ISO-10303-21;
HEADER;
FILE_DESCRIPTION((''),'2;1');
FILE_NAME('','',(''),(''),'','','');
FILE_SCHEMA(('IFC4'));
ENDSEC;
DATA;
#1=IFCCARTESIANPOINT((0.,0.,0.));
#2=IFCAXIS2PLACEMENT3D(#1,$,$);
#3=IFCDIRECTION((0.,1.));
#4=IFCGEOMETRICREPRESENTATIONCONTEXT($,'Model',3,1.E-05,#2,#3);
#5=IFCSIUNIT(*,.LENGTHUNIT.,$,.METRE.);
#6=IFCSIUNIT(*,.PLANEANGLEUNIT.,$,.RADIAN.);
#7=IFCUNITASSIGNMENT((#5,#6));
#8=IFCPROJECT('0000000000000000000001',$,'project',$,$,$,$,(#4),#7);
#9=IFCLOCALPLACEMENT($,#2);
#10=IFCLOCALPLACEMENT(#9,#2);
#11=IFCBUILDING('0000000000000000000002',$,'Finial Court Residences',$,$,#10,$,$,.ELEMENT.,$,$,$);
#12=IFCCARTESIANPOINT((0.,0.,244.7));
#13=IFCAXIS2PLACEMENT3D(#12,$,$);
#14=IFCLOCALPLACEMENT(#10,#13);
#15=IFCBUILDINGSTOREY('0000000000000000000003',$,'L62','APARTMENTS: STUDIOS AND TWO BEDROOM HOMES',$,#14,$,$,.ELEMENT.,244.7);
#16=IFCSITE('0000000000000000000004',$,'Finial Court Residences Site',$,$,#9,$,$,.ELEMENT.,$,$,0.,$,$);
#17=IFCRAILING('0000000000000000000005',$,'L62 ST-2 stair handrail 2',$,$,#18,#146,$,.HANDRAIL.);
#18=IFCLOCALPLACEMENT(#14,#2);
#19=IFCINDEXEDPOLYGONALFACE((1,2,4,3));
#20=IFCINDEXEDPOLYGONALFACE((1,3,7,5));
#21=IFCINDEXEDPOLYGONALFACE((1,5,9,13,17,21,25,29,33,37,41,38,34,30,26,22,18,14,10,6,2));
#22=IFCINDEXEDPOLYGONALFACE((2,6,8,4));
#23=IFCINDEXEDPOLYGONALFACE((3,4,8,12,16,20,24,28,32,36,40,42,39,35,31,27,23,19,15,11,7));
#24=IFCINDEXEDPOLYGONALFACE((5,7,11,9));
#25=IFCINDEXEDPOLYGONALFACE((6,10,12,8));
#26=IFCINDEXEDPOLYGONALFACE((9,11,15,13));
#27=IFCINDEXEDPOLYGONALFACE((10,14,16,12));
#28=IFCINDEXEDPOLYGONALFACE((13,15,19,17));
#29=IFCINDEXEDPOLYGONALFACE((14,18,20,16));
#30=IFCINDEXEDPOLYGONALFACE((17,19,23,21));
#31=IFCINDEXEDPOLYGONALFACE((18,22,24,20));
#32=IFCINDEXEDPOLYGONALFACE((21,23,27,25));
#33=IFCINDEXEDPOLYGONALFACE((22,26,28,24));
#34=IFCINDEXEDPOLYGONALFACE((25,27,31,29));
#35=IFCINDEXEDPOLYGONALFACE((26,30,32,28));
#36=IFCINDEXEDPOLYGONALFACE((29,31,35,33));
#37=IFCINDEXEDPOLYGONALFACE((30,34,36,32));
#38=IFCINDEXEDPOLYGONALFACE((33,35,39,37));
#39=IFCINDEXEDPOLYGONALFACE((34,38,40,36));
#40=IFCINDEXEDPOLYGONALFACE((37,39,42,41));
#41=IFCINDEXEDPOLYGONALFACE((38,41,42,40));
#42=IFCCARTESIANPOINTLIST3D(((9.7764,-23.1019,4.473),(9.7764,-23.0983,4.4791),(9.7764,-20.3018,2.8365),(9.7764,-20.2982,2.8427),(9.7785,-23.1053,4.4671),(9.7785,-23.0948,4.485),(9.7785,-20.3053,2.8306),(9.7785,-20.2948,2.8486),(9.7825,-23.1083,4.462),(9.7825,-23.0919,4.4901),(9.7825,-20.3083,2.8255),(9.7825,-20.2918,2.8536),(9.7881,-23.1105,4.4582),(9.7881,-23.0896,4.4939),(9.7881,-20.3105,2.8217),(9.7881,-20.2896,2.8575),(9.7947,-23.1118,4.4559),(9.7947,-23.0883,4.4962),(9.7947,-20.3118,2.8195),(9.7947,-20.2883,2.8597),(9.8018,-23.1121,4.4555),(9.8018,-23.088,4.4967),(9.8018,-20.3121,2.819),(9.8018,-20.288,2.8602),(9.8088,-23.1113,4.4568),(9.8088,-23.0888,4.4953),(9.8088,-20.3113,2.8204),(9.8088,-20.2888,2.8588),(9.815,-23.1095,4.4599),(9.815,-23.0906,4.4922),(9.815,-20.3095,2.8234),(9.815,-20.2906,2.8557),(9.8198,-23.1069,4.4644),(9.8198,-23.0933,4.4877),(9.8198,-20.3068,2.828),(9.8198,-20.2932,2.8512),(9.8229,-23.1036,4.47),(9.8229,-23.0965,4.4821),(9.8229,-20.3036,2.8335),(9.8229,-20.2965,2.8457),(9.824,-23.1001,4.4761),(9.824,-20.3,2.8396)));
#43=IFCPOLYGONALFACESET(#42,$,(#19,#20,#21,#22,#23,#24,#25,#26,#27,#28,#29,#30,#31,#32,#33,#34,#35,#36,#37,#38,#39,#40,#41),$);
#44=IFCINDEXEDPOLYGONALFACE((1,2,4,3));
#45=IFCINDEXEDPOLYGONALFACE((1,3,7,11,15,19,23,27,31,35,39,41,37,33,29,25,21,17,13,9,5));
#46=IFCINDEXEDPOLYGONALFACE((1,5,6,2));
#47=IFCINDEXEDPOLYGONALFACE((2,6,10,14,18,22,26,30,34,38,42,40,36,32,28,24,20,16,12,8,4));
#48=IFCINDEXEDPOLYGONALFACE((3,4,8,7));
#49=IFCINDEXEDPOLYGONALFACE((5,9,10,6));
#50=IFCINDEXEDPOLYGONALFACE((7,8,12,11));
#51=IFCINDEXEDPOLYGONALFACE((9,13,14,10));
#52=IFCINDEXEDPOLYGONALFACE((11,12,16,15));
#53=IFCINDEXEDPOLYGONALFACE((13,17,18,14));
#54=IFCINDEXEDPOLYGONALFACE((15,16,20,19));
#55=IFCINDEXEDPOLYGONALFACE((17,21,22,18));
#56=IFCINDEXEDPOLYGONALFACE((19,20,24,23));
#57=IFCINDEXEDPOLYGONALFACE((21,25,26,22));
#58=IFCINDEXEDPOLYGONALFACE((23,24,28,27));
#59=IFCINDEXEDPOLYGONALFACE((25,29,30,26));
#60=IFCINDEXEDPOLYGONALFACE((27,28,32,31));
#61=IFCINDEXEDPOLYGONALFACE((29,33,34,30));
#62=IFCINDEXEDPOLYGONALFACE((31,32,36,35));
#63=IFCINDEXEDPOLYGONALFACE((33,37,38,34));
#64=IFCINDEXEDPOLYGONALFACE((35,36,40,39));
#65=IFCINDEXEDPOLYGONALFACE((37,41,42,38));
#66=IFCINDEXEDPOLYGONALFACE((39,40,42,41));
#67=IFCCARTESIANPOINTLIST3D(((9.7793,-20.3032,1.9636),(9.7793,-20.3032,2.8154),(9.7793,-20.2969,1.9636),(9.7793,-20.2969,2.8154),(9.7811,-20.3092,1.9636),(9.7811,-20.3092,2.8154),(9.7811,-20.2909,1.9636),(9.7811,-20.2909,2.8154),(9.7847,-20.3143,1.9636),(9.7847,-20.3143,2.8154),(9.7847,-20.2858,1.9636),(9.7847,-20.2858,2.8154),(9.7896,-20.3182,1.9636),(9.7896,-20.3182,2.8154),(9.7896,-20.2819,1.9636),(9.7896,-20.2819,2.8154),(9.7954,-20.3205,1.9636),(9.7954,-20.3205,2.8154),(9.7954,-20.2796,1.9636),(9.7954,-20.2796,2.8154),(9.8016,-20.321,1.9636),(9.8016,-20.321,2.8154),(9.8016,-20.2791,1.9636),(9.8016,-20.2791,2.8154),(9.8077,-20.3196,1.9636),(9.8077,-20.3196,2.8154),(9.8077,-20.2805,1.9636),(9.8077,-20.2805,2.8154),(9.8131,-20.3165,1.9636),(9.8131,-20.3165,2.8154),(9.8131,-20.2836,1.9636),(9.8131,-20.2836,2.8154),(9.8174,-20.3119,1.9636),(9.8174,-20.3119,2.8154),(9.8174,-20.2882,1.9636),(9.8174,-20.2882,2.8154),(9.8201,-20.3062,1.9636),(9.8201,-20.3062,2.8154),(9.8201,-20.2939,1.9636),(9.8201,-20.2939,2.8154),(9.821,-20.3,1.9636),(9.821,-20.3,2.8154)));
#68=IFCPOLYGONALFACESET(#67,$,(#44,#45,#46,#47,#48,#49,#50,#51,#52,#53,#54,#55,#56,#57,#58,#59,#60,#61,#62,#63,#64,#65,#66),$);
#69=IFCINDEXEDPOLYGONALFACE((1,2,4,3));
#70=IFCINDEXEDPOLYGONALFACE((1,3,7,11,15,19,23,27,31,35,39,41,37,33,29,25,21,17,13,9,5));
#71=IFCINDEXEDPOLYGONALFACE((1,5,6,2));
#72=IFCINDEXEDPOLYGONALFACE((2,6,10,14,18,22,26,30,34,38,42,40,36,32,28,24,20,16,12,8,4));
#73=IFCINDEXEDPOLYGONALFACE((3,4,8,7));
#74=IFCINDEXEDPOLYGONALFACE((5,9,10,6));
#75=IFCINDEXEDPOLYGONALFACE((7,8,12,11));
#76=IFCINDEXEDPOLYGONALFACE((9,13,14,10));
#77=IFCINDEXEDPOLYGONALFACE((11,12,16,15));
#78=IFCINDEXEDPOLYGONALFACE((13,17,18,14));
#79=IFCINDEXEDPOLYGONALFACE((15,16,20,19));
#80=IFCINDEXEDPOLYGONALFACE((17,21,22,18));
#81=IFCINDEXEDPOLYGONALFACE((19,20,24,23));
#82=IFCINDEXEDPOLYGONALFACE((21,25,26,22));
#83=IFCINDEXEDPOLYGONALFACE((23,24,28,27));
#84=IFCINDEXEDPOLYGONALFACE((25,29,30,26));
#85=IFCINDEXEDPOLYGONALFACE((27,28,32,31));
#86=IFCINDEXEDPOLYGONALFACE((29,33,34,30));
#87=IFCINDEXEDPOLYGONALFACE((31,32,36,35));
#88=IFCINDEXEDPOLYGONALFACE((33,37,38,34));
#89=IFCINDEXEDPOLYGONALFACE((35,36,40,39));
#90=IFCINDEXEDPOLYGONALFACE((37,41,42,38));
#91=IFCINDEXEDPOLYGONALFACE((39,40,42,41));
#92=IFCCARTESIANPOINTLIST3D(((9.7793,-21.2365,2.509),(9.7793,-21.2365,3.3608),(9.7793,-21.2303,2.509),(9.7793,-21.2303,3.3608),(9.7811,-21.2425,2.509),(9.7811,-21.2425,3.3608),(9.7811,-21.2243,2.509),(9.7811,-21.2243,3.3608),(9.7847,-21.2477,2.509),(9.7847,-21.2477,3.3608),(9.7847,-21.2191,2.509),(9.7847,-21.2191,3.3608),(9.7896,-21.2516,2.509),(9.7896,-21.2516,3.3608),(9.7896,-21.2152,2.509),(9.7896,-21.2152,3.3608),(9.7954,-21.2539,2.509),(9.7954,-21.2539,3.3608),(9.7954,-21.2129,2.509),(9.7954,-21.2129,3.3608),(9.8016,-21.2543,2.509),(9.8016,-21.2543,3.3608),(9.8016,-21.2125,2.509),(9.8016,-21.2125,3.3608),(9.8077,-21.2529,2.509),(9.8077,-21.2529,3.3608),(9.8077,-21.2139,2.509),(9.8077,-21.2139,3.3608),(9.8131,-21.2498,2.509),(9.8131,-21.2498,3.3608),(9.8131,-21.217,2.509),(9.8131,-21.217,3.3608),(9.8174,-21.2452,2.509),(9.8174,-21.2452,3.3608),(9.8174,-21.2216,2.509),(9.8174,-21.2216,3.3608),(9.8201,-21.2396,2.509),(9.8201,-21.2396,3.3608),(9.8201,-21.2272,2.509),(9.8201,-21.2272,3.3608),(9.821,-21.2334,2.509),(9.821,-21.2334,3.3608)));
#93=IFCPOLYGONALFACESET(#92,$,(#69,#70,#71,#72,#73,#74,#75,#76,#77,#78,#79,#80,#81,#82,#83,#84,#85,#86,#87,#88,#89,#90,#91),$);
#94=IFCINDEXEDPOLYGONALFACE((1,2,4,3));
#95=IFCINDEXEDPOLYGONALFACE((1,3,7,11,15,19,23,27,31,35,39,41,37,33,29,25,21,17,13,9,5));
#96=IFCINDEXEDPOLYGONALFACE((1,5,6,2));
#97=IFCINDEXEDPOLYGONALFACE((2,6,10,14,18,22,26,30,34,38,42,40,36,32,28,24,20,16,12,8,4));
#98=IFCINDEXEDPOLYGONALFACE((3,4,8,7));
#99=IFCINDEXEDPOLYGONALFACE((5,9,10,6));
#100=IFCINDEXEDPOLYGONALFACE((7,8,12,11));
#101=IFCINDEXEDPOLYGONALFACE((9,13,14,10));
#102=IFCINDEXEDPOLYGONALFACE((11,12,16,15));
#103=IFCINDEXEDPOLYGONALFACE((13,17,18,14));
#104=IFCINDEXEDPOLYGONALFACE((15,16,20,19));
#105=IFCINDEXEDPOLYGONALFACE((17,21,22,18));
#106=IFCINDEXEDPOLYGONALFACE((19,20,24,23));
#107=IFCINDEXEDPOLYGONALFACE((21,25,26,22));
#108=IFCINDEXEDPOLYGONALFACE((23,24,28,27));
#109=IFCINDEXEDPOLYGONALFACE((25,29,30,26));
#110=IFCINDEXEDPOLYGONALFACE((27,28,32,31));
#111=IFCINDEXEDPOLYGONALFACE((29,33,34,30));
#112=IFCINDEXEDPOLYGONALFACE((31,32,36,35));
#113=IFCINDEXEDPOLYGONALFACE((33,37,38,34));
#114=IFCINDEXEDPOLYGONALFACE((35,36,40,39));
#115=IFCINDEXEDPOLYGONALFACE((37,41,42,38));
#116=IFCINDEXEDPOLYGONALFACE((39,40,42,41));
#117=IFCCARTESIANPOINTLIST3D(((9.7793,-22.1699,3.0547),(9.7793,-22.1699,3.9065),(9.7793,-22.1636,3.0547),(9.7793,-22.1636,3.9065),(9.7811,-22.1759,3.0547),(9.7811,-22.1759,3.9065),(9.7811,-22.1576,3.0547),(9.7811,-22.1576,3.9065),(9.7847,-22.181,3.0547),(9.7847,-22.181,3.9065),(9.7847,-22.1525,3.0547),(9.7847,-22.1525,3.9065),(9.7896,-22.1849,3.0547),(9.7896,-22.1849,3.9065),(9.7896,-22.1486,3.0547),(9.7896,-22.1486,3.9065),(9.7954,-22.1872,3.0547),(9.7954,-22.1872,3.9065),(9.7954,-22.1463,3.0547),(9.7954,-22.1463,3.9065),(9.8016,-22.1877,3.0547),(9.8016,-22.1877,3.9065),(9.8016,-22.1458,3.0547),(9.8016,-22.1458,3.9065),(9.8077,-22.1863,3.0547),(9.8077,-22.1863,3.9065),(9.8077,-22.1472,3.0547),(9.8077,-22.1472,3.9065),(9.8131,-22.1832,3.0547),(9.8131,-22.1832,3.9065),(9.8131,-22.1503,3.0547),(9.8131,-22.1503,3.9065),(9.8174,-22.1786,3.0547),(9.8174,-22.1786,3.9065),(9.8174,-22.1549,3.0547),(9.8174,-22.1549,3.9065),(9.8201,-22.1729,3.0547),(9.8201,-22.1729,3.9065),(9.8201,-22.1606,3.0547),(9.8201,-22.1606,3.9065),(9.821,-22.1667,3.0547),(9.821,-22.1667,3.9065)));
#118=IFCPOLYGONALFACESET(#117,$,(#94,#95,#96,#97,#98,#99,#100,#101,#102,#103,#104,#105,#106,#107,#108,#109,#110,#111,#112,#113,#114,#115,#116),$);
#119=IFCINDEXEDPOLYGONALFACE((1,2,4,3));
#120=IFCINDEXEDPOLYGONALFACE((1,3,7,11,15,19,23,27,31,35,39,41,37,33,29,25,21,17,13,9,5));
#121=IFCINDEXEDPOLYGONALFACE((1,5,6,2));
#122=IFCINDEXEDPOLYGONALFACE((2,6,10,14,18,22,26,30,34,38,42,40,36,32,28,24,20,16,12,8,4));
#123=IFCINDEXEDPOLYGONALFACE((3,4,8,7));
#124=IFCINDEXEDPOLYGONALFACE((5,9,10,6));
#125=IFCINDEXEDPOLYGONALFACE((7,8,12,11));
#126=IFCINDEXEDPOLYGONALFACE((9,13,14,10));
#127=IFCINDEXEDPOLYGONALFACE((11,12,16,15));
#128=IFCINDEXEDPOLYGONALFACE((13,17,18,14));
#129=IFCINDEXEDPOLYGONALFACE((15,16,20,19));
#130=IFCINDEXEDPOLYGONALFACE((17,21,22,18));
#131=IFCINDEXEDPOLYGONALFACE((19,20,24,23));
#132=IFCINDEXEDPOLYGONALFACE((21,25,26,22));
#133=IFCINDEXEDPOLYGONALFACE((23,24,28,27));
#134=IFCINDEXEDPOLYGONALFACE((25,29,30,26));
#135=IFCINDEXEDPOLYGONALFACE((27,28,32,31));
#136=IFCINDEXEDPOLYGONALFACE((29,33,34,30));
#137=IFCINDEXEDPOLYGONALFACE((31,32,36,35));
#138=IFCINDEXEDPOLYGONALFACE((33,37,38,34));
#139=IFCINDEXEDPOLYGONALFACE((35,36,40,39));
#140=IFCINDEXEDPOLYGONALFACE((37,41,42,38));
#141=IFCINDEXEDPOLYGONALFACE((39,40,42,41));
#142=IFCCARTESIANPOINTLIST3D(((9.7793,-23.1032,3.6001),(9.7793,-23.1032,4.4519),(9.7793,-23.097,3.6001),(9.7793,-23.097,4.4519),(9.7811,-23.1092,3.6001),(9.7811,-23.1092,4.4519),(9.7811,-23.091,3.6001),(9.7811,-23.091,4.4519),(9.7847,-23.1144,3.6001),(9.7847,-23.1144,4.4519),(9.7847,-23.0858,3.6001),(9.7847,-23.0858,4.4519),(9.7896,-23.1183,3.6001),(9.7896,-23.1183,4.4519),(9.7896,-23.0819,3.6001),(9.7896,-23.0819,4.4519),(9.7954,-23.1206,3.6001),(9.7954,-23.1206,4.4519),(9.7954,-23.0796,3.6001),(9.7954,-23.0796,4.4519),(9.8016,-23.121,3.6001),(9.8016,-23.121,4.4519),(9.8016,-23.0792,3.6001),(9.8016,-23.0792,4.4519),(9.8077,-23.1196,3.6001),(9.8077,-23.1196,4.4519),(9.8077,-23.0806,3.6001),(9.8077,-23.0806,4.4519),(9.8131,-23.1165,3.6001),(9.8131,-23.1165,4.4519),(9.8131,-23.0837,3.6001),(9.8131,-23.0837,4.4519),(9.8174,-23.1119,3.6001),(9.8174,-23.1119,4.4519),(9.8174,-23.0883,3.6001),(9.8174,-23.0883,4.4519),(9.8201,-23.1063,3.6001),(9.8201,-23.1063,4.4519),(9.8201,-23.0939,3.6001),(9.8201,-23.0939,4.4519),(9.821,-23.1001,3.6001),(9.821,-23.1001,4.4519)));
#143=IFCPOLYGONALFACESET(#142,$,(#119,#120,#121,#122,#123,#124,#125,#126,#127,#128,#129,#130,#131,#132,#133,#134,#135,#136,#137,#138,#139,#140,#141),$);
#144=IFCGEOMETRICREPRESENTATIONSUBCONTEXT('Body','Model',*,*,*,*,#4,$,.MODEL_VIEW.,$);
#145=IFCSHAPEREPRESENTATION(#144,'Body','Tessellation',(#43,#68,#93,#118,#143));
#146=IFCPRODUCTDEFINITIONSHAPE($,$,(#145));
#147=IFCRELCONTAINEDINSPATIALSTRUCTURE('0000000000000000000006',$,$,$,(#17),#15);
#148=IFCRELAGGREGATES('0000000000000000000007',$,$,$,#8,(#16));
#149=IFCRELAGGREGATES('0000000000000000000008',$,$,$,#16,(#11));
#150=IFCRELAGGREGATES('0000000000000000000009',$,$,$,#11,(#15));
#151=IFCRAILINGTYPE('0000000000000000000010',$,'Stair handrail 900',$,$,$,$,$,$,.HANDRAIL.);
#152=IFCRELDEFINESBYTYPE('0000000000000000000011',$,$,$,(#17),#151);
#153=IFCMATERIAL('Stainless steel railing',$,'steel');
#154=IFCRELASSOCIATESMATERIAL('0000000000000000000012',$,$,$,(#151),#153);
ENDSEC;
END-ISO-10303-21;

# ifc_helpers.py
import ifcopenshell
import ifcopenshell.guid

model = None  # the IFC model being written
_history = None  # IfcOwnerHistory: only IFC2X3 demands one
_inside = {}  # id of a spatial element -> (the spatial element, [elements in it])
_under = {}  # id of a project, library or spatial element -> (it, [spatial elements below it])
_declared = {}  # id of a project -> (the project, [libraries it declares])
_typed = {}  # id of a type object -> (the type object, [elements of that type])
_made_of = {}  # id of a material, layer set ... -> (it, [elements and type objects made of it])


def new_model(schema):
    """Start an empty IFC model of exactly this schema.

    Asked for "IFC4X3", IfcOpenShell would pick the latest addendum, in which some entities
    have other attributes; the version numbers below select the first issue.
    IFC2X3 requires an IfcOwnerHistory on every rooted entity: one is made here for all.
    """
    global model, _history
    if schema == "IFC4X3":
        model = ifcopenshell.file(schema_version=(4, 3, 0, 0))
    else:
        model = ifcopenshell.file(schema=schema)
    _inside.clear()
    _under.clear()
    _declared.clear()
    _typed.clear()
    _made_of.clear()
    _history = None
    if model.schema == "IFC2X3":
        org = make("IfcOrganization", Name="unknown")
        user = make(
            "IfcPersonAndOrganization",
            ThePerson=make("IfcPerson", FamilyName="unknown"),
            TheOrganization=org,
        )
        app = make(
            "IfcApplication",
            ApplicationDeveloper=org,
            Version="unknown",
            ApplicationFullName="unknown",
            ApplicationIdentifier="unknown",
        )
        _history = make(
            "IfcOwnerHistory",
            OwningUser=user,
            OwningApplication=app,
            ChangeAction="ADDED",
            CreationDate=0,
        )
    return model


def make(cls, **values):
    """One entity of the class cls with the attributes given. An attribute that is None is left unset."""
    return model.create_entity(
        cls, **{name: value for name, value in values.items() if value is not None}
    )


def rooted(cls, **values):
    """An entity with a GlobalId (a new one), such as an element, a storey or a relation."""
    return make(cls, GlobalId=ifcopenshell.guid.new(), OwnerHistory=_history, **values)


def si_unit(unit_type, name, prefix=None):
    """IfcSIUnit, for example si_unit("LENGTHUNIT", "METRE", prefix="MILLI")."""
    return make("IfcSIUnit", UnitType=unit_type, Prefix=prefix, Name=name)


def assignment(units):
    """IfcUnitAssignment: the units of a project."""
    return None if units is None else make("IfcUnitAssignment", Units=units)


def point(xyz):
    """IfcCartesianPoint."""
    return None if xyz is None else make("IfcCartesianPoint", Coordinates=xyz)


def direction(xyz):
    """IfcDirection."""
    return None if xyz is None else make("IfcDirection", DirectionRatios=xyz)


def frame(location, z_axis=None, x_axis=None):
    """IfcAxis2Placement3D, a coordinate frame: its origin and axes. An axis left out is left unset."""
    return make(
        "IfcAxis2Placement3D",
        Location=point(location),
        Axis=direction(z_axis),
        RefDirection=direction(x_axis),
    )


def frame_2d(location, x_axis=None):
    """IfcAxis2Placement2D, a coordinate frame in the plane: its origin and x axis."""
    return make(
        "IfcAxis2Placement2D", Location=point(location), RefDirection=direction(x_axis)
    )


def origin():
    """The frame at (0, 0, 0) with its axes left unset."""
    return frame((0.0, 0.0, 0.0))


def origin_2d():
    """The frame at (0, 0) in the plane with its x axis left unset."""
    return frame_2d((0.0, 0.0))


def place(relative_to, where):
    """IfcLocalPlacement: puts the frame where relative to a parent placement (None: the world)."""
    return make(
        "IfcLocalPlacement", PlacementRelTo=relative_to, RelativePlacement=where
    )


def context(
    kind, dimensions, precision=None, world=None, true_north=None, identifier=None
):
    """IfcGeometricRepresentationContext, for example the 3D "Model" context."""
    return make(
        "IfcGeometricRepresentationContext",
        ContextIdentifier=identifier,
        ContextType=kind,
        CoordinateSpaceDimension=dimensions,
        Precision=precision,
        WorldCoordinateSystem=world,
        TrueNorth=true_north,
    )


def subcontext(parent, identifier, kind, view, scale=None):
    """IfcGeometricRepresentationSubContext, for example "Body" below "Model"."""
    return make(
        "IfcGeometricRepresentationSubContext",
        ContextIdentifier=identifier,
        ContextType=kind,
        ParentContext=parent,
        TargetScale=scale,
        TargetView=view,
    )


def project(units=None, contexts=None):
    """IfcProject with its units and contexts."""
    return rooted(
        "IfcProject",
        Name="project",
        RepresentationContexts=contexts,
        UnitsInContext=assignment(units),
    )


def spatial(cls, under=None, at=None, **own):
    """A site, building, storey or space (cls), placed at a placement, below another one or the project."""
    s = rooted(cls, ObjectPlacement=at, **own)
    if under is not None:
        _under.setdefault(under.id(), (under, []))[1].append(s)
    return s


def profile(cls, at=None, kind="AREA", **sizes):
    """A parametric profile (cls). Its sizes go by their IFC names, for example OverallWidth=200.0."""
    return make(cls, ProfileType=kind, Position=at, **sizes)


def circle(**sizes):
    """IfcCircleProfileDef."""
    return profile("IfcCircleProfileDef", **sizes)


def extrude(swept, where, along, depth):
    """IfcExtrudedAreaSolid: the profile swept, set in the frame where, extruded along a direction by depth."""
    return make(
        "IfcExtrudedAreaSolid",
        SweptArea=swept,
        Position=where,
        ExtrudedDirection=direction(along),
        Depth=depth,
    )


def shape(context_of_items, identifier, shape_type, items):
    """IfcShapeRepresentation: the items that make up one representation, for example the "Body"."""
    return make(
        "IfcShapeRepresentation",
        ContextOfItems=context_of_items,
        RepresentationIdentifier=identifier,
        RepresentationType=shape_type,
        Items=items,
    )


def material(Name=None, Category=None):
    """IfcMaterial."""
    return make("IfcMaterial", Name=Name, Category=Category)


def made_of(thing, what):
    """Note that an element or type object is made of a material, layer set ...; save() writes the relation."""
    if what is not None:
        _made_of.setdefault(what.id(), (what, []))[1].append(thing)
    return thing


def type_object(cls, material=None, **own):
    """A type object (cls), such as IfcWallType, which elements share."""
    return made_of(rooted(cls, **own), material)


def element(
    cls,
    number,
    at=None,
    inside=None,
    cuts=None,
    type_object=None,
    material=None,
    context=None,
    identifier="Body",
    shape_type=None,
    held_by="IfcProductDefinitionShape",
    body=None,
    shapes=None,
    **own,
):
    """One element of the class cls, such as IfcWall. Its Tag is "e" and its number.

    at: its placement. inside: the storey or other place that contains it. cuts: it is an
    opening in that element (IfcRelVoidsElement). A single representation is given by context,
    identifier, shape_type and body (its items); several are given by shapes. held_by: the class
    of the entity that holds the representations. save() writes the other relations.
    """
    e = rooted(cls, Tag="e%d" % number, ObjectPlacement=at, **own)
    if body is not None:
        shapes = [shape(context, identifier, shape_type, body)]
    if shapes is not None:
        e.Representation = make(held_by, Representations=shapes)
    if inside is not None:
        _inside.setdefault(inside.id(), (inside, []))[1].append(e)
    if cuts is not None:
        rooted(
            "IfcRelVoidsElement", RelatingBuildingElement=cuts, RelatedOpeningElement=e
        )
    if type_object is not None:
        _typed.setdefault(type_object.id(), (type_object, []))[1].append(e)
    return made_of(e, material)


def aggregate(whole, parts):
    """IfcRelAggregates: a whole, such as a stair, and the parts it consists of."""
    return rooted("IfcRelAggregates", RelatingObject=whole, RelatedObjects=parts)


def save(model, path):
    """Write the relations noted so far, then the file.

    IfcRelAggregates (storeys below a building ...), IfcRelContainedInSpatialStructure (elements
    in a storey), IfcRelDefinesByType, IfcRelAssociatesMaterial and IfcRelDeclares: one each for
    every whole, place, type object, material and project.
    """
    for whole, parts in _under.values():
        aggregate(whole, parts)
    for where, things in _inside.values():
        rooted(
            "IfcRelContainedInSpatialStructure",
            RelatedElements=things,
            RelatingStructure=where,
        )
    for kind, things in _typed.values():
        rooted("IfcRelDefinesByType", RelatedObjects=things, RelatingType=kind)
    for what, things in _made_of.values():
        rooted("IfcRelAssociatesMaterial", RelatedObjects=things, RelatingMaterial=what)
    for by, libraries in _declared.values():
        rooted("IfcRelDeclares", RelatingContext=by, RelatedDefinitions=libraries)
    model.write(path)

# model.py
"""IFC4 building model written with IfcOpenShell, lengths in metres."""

from ifc_helpers import new_model, si_unit, direction, frame, origin, origin_2d, place, context, subcontext, project, spatial, circle, extrude, material, type_object, element, save


model = new_model("IFC4")

# Units and contexts
model_context = context("Model", 3, precision=1e-05, world=origin(), true_north=direction((0.0, 1.0)))
body_context = subcontext(model_context, "Body", "Model", "MODEL_VIEW")
ifc_project = project(units=[si_unit("LENGTHUNIT", "METRE"), si_unit("PLANEANGLEUNIT", "RADIAN")], contexts=[model_context])

# Site, building, storey
site_placement = place(None, origin())
site = spatial("IfcSite", under=ifc_project, at=site_placement, Name="Finial Court Residences Site", CompositionType="ELEMENT", RefElevation=0.0)
building_placement = place(site_placement, origin())
building = spatial("IfcBuilding", under=site, at=building_placement, Name="Finial Court Residences", CompositionType="ELEMENT")
storey_placement = place(building_placement, frame((0.0, 0.0, 244.7)))
storey = spatial("IfcBuildingStorey", under=building, at=storey_placement, Name="L62", Description="APARTMENTS: STUDIOS AND TWO BEDROOM HOMES", CompositionType="ELEMENT", Elevation=244.7)

# Railing
ifc_material_1 = material(Name="Stainless steel railing", Category="steel")
railing_type_1 = type_object("IfcRailingType", Name="Stair handrail 900", PredefinedType="HANDRAIL", material=ifc_material_1)
railing_1_placement = place(storey_placement, frame((9.8, -20.3, 1.9636)))
element("IfcRailing", 1, at=railing_1_placement, inside=storey, type_object=railing_type_1, Name="L62 ST-2 stair handrail 2", PredefinedType="HANDRAIL", context=body_context, shape_type="SweptSolid", body=[
    extrude(circle(Radius=0.0239, at=origin_2d()), frame((0.0, 0.0, 0.876), z_axis=(0.0, -0.863361, 0.504587), x_axis=(1.0, 0.0, 0.0)), (0.0, 0.0, 1.0), 3.2432),
    extrude(circle(Radius=0.021, at=origin_2d()), origin(), (0.0, 0.0, 1.0), 0.8518),
    extrude(circle(Radius=0.021, at=origin_2d()), frame((0.0, -0.9333, 0.5454)), (0.0, 0.0, 1.0), 0.8518),
    extrude(circle(Radius=0.021, at=origin_2d()), frame((0.0, -1.8667, 1.0911)), (0.0, 0.0, 1.0), 0.8518),
    extrude(circle(Radius=0.021, at=origin_2d()), frame((0.0, -2.8, 1.6365)), (0.0, 0.0, 1.0), 0.8518),
])

save(model, "model.ifc")
